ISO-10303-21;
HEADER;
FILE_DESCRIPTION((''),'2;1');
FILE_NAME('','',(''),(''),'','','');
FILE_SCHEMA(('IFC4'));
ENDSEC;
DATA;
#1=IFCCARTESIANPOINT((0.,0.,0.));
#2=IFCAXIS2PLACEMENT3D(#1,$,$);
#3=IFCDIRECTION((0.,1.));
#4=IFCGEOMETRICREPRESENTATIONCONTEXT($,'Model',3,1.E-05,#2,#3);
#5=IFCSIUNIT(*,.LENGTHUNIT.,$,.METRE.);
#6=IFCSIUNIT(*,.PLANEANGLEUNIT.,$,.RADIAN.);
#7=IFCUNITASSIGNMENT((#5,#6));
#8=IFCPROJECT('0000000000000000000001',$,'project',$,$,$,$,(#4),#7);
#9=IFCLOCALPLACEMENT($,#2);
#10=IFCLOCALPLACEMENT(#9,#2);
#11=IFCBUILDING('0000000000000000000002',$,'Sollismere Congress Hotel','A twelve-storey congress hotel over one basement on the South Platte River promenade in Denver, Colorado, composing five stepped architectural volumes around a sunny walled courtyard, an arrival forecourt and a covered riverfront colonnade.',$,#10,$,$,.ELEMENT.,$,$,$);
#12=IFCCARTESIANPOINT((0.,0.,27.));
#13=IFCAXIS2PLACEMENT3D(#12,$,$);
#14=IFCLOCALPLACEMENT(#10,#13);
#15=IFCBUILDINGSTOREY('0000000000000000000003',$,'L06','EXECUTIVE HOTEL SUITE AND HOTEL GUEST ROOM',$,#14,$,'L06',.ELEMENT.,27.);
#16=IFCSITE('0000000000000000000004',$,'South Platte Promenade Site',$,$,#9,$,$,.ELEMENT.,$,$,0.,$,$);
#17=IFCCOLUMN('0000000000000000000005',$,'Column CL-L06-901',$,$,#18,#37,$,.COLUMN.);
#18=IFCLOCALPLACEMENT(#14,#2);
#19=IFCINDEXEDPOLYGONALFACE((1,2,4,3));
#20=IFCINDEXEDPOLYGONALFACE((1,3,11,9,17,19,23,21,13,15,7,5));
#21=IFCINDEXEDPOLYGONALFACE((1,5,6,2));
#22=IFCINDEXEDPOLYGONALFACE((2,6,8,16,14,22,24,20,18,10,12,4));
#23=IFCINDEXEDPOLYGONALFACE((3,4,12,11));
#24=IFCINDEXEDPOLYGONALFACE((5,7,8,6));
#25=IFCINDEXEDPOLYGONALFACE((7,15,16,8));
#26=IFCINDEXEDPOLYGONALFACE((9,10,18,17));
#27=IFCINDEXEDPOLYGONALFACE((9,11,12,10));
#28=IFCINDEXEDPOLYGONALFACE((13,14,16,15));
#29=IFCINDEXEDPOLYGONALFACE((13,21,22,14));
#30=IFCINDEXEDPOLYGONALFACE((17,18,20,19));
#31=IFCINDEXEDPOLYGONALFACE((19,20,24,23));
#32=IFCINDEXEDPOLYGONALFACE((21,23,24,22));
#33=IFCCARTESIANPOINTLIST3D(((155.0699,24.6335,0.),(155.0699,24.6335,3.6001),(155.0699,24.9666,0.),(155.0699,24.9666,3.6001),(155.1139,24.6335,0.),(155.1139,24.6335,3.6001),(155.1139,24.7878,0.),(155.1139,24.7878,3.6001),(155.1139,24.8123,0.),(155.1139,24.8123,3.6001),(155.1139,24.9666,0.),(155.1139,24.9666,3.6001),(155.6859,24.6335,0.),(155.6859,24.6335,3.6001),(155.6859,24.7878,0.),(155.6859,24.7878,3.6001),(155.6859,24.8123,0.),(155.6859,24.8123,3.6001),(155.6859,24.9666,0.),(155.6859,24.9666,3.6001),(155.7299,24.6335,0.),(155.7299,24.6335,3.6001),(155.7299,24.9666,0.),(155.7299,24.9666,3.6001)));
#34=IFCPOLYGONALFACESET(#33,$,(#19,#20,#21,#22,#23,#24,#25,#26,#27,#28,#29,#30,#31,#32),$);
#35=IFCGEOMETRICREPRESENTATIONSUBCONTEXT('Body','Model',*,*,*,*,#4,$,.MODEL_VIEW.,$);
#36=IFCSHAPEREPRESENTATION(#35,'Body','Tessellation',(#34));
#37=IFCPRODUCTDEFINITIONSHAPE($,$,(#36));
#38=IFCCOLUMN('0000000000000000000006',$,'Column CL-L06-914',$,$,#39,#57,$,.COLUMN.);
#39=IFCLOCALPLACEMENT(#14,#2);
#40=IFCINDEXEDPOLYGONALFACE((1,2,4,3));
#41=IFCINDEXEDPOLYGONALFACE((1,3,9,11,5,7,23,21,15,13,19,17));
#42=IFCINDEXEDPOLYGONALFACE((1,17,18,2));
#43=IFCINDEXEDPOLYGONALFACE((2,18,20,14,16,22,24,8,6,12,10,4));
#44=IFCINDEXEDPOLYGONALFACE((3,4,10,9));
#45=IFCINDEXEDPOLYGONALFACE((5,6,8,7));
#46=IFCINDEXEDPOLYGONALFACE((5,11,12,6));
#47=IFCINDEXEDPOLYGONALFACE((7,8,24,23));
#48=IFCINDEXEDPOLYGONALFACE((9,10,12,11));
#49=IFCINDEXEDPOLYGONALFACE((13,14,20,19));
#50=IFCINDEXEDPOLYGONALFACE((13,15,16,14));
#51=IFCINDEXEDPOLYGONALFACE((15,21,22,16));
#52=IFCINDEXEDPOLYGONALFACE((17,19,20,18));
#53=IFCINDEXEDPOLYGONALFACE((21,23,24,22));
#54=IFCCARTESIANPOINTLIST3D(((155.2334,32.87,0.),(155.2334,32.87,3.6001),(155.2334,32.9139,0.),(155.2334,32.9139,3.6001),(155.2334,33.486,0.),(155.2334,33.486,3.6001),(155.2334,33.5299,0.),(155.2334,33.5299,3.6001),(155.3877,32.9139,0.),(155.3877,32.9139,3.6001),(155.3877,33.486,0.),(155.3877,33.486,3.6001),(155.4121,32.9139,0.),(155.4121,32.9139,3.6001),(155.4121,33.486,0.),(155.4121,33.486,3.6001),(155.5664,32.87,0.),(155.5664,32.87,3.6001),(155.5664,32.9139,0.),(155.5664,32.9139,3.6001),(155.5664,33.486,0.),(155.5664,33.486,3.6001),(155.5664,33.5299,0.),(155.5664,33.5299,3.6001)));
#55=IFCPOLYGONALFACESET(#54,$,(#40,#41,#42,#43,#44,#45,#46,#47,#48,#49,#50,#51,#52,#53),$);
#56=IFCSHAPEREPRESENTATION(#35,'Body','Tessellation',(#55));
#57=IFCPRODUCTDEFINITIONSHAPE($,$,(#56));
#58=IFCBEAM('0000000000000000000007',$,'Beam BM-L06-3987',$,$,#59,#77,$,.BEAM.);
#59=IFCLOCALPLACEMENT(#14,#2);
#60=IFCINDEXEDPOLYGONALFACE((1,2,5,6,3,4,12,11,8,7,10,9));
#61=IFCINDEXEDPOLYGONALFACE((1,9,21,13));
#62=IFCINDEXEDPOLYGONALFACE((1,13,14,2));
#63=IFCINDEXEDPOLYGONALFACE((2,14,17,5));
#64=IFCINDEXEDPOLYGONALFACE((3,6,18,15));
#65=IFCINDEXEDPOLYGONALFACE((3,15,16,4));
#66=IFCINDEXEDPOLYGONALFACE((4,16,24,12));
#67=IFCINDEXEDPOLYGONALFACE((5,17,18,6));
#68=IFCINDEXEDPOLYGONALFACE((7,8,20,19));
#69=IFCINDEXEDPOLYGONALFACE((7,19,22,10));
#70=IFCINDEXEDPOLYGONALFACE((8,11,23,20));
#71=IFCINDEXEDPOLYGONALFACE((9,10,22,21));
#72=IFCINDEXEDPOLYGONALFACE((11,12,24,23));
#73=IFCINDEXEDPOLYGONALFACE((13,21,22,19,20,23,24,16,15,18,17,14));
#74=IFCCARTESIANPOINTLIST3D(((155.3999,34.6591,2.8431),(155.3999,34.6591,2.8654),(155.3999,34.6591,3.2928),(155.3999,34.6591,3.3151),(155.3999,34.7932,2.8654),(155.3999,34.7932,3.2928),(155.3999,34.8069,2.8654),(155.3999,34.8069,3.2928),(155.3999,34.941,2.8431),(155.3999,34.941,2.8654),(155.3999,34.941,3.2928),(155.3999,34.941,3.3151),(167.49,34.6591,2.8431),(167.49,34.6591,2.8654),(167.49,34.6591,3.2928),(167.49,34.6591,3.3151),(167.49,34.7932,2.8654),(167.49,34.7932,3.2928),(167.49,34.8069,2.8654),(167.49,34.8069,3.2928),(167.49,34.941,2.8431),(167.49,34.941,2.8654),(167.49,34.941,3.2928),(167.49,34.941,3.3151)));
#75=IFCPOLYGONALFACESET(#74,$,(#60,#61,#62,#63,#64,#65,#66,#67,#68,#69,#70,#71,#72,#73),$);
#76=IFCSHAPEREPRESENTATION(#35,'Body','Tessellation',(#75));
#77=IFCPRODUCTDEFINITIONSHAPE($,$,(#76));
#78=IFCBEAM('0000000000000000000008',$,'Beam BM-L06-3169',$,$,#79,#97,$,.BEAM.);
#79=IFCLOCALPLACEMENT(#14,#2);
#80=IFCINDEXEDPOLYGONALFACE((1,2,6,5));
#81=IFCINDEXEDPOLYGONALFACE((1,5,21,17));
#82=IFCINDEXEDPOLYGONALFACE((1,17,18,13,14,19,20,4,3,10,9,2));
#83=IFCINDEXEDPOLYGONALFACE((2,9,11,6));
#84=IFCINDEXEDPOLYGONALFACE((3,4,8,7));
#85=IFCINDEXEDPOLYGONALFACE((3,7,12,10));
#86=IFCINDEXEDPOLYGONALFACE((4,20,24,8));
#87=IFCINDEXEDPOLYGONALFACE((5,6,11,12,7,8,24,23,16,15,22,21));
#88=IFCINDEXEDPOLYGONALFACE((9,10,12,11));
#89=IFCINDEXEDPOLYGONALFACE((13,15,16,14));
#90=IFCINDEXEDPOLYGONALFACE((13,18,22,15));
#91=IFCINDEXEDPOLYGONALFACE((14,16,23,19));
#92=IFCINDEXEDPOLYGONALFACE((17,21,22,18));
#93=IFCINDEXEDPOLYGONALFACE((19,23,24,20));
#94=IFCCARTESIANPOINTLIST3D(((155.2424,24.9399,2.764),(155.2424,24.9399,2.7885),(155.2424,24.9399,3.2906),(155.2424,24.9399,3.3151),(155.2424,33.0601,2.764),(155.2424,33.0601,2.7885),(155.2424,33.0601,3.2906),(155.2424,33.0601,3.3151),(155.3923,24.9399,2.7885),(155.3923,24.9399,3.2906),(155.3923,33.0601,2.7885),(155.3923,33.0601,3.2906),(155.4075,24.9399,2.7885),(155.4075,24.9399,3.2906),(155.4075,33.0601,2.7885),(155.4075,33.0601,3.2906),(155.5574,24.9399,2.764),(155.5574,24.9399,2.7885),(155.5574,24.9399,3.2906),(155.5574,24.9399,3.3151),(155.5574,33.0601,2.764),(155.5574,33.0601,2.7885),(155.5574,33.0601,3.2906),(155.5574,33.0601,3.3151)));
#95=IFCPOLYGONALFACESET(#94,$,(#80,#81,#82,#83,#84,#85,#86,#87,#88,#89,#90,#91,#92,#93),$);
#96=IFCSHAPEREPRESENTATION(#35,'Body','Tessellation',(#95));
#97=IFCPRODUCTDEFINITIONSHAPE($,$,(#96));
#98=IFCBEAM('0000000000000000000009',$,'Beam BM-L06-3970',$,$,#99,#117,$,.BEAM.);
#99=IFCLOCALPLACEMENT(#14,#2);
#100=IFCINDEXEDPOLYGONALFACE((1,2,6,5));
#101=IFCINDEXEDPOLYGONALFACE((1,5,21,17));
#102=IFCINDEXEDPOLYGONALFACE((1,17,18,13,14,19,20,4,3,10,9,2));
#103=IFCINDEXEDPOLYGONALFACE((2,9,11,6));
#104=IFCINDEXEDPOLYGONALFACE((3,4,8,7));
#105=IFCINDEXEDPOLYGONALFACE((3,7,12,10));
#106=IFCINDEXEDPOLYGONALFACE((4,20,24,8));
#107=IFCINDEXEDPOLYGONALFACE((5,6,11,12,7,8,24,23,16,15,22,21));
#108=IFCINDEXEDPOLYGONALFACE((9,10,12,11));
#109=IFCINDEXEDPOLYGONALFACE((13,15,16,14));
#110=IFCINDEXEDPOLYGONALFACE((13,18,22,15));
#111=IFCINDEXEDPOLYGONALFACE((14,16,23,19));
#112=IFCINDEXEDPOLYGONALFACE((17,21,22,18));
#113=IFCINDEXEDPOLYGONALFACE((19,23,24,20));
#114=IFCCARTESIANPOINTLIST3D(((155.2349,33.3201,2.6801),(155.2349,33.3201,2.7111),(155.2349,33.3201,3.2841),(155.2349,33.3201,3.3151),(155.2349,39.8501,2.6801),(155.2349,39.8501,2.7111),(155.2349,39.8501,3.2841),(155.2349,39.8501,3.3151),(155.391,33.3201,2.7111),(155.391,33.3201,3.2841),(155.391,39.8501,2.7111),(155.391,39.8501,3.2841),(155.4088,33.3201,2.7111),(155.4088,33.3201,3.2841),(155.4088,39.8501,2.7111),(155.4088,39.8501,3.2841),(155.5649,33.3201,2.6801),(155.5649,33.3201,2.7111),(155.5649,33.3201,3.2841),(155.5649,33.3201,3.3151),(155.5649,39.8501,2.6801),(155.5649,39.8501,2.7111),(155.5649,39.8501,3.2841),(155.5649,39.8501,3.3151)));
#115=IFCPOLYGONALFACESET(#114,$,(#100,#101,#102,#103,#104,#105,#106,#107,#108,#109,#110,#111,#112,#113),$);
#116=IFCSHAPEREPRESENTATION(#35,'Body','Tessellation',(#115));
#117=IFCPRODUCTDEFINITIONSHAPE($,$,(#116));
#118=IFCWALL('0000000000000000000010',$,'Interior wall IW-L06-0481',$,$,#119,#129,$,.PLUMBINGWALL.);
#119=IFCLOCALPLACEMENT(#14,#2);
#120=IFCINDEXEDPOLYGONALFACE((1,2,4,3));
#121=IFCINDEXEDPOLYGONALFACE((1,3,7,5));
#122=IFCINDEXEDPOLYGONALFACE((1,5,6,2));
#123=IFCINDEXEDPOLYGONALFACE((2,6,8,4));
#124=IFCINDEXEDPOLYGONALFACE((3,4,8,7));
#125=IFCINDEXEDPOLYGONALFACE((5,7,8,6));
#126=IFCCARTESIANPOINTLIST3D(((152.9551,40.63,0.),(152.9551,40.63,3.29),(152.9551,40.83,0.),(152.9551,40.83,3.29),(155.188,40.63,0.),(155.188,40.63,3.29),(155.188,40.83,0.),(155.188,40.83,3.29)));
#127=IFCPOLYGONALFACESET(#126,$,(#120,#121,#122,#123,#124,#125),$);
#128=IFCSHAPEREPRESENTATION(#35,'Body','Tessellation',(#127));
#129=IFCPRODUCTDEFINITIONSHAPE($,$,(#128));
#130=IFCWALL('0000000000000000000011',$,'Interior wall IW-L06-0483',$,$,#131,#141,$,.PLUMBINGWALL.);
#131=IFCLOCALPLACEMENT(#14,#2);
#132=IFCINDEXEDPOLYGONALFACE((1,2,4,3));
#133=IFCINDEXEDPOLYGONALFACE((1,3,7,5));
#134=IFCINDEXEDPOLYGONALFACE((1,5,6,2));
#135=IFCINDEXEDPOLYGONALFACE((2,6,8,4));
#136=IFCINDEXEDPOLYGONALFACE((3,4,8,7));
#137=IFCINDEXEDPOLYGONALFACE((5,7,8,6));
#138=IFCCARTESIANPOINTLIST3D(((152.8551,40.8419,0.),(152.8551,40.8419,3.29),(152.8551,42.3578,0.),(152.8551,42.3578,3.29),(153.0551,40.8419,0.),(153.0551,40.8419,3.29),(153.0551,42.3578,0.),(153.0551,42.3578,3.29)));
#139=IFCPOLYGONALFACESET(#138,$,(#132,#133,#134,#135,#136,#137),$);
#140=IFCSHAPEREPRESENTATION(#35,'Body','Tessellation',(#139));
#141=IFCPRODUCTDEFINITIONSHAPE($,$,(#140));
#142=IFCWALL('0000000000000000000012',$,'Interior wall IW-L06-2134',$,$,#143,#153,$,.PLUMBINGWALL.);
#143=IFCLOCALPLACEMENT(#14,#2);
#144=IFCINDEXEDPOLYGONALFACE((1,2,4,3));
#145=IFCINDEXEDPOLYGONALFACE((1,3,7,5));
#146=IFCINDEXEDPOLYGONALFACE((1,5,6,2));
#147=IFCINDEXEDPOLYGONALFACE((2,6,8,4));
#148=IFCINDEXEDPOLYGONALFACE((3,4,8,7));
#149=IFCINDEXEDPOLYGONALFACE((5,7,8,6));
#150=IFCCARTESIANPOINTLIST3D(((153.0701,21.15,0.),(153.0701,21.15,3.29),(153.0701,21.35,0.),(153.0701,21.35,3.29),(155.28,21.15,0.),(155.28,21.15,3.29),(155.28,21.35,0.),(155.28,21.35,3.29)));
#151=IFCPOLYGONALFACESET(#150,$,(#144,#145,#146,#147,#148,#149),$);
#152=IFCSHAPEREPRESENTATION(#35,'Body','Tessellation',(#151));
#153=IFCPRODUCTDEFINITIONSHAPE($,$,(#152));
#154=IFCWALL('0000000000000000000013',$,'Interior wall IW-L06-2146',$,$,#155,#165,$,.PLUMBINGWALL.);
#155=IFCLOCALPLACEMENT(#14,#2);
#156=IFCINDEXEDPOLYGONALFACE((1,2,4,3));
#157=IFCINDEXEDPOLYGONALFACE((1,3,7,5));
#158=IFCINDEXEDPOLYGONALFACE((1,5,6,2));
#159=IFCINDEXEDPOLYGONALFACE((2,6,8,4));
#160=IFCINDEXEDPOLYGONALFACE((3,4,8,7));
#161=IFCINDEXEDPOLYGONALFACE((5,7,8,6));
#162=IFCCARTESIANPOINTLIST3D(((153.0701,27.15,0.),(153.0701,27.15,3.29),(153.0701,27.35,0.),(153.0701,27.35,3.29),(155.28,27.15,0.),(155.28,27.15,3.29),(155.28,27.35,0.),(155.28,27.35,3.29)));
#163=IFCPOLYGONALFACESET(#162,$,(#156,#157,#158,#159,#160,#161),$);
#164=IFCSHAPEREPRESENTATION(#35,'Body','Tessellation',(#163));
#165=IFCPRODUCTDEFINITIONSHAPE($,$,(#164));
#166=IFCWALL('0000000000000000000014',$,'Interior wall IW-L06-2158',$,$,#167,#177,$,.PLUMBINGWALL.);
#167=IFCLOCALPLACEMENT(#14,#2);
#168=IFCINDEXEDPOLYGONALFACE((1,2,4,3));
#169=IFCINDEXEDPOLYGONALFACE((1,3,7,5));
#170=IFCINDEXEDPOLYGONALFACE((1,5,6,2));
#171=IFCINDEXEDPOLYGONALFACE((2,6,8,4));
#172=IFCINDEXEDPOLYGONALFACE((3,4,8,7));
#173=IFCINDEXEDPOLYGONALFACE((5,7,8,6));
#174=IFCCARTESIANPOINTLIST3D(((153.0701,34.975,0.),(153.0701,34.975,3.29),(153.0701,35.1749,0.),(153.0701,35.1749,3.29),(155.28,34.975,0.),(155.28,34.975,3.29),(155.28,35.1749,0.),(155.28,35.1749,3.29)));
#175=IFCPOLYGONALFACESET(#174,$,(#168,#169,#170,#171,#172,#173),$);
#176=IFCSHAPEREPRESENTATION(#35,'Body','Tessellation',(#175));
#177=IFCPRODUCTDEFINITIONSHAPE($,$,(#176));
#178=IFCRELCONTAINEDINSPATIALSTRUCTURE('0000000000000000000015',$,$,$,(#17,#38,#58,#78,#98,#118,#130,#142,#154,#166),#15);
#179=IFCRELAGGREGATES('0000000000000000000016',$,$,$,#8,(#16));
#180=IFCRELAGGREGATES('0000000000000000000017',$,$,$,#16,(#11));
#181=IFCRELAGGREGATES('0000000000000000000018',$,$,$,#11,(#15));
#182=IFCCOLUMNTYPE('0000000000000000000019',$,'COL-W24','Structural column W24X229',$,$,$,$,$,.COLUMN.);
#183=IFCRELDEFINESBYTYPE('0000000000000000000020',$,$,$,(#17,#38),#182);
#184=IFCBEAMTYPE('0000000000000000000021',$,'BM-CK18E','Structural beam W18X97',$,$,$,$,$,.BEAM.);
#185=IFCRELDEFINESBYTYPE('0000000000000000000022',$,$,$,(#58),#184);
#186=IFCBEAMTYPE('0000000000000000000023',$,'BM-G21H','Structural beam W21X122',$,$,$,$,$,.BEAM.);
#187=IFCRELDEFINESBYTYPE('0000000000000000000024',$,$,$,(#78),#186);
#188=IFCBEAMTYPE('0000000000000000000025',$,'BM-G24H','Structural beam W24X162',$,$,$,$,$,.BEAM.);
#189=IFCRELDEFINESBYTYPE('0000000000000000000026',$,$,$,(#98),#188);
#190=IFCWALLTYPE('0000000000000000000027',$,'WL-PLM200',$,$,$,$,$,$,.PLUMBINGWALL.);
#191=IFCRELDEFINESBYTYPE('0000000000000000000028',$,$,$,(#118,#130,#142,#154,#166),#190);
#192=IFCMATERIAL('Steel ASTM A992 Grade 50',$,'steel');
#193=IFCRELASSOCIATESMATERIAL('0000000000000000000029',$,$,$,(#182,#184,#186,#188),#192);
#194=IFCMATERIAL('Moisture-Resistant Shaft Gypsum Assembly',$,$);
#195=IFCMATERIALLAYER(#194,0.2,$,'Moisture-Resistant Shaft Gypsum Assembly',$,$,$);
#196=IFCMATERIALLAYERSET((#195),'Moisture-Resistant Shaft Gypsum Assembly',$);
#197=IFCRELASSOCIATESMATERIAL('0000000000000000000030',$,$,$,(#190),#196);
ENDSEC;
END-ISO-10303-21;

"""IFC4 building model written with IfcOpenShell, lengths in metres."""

from ifc_helpers import new_model, si_unit, direction, frame, frame_2d, origin, origin_2d, place, context, subcontext, project, spatial, rectangle, i_section, extrude, material, layer, layer_set, material_profile, profile_set, type_object, element, save


model = new_model("IFC4")

# Units and contexts
model_context = context("Model", 3, precision=1e-05, world=origin(), true_north=direction((0.0, 1.0)))
body_context = subcontext(model_context, "Body", "Model", "MODEL_VIEW")
ifc_project = project(units=[si_unit("LENGTHUNIT", "METRE"), si_unit("PLANEANGLEUNIT", "RADIAN")], contexts=[model_context])

# Site, building, storey
site_placement = place(None, origin())
site = spatial("IfcSite", under=ifc_project, at=site_placement, Name="South Platte Promenade Site", CompositionType="ELEMENT", RefElevation=0.0)
building_placement = place(site_placement, origin())
building = spatial("IfcBuilding", under=site, at=building_placement, Name="Sollismere Congress Hotel", Description="A twelve-storey congress hotel over one basement on the South Platte River promenade in Denver, Colorado, composing five stepped architectural volumes around a sunny walled courtyard, an arrival forecourt and a covered riverfront colonnade.", CompositionType="ELEMENT")
storey_placement = place(building_placement, frame((0.0, 0.0, 27.0)))
storey = spatial("IfcBuildingStorey", under=building, at=storey_placement, Name="L06", Description="EXECUTIVE HOTEL SUITE AND HOTEL GUEST ROOM", LongName="L06", CompositionType="ELEMENT", Elevation=27.0)

# Columns
ifc_material_1 = material(Name="Steel ASTM A992 Grade 50", Category="steel")
ifc_material_profile_1 = material_profile(ifc_material_1, i_section(OverallWidth=0.333, OverallDepth=0.6599, WebThickness=0.0244, FlangeThickness=0.0439, at=origin_2d()), Name="W24X229")
ifc_profile_set_1 = profile_set([ifc_material_profile_1], Name="Steel ASTM A992 Grade 50")
column_type = type_object("IfcColumnType", Name="COL-W24", Description="Structural column W24X229", PredefinedType="COLUMN", material=ifc_profile_set_1)
for number, where, z_axis, x_axis, name in (
    (1, (155.3999, 24.8, 0.0), (0.0, 0.0, 1.0), (0.0, 1.0, 0.0), "Column CL-L06-901"),
    (2, (155.3999, 33.2, 0.0), (0.0, 0.0, 1.0), (1.0, 0.0, 0.0), "Column CL-L06-914"),
):
    element("IfcColumn", number, at=place(storey_placement, frame(where, z_axis=z_axis, x_axis=x_axis)), inside=storey, type_object=column_type, Name=name, PredefinedType="COLUMN", context=body_context, shape_type="SweptSolid", body=[
        extrude(i_section(OverallWidth=0.333, OverallDepth=0.6599, WebThickness=0.0244, FlangeThickness=0.0439, at=origin_2d()), origin(), (0.0, 0.0, 1.0), 3.6001),
    ])

# Beams
ifc_material_profile_2 = material_profile(ifc_material_1, i_section(OverallWidth=0.282, OverallDepth=0.4719, WebThickness=0.0137, FlangeThickness=0.0222, at=origin_2d()), Name="W18X97")
ifc_profile_set_2 = profile_set([ifc_material_profile_2], Name="Steel ASTM A992 Grade 50")
beam_type_1 = type_object("IfcBeamType", Name="BM-CK18E", Description="Structural beam W18X97", PredefinedType="BEAM", material=ifc_profile_set_2)
beam_1_placement = place(storey_placement, frame((155.3999, 34.8, 3.0791), z_axis=(1.0, 0.0, 0.0), x_axis=(0.0, 1.0, 0.0)))
element("IfcBeam", 3, at=beam_1_placement, inside=storey, type_object=beam_type_1, Name="Beam BM-L06-3987", PredefinedType="BEAM", context=body_context, shape_type="SweptSolid", body=[
    extrude(i_section(OverallWidth=0.282, OverallDepth=0.4719, WebThickness=0.0137, FlangeThickness=0.0222, at=origin_2d()), origin(), (0.0, 0.0, 1.0), 12.0901),
])
ifc_material_profile_3 = material_profile(ifc_material_1, i_section(OverallWidth=0.3149, OverallDepth=0.551, WebThickness=0.0151, FlangeThickness=0.0244, at=origin_2d()), Name="W21X122")
ifc_profile_set_3 = profile_set([ifc_material_profile_3], Name="Steel ASTM A992 Grade 50")
beam_type_2 = type_object("IfcBeamType", Name="BM-G21H", Description="Structural beam W21X122", PredefinedType="BEAM", material=ifc_profile_set_3)
beam_2_placement = place(storey_placement, frame((155.3999, 24.9399, 3.0396), z_axis=(0.0, 1.0, 0.0), x_axis=(-1.0, 0.0, 0.0)))
element("IfcBeam", 4, at=beam_2_placement, inside=storey, type_object=beam_type_2, Name="Beam BM-L06-3169", PredefinedType="BEAM", context=body_context, shape_type="SweptSolid", body=[
    extrude(i_section(OverallWidth=0.3149, OverallDepth=0.551, WebThickness=0.0151, FlangeThickness=0.0244, at=origin_2d()), origin(), (0.0, 0.0, 1.0), 8.1201),
])
ifc_material_profile_4 = material_profile(ifc_material_1, i_section(OverallWidth=0.3301, OverallDepth=0.635, WebThickness=0.0178, FlangeThickness=0.031, at=origin_2d()), Name="W24X162")
ifc_profile_set_4 = profile_set([ifc_material_profile_4], Name="Steel ASTM A992 Grade 50")
beam_type_3 = type_object("IfcBeamType", Name="BM-G24H", Description="Structural beam W24X162", PredefinedType="BEAM", material=ifc_profile_set_4)
beam_3_placement = place(storey_placement, frame((155.3999, 33.3201, 2.9976), z_axis=(0.0, 1.0, 0.0), x_axis=(-1.0, 0.0, 0.0)))
element("IfcBeam", 5, at=beam_3_placement, inside=storey, type_object=beam_type_3, Name="Beam BM-L06-3970", PredefinedType="BEAM", context=body_context, shape_type="SweptSolid", body=[
    extrude(i_section(OverallWidth=0.3301, OverallDepth=0.635, WebThickness=0.0178, FlangeThickness=0.031, at=origin_2d()), origin(), (0.0, 0.0, 1.0), 6.53),
])

# Walls
ifc_material_2 = material(Name="Moisture-Resistant Shaft Gypsum Assembly")
ifc_layer_1 = layer(ifc_material_2, 0.2, Name="Moisture-Resistant Shaft Gypsum Assembly")
ifc_layer_set_1 = layer_set([ifc_layer_1], Name="Moisture-Resistant Shaft Gypsum Assembly")
wall_type_1 = type_object("IfcWallType", Name="WL-PLM200", PredefinedType="PLUMBINGWALL", material=ifc_layer_set_1)
wall_1_placement = place(storey_placement, frame((152.9551, 40.73, 0.0), z_axis=(0.0, 0.0, 1.0), x_axis=(1.0, 0.0, 0.0)))
element("IfcWall", 6, at=wall_1_placement, inside=storey, type_object=wall_type_1, Name="Interior wall IW-L06-0481", PredefinedType="PLUMBINGWALL", context=body_context, shape_type="SweptSolid", body=[
    extrude(rectangle(XDim=2.2329, YDim=0.2, at=frame_2d((1.1165, 0.0))), origin(), (0.0, 0.0, 1.0), 3.29),
])
wall_2_placement = place(storey_placement, frame((152.9551, 40.842, 0.0), z_axis=(0.0, 0.0, 1.0), x_axis=(0.0, 1.0, 0.0)))
element("IfcWall", 7, at=wall_2_placement, inside=storey, type_object=wall_type_1, Name="Interior wall IW-L06-0483", PredefinedType="PLUMBINGWALL", context=body_context, shape_type="SweptSolid", body=[
    extrude(rectangle(XDim=1.5159, YDim=0.2, at=frame_2d((0.7578, 0.0))), origin(), (0.0, 0.0, 1.0), 3.29),
])
for number, where, z_axis, x_axis, name in (
    (8, (153.0701, 21.25, 0.0), (0.0, 0.0, 1.0), (1.0, 0.0, 0.0), "Interior wall IW-L06-2134"),
    (9, (153.0701, 27.25, 0.0), (0.0, 0.0, 1.0), (1.0, 0.0, 0.0), "Interior wall IW-L06-2146"),
    (10, (153.0701, 35.075, 0.0), (0.0, 0.0, 1.0), (1.0, 0.0, 0.0), "Interior wall IW-L06-2158"),
):
    element("IfcWall", number, at=place(storey_placement, frame(where, z_axis=z_axis, x_axis=x_axis)), inside=storey, type_object=wall_type_1, Name=name, PredefinedType="PLUMBINGWALL", context=body_context, shape_type="SweptSolid", body=[
        extrude(rectangle(XDim=2.21, YDim=0.2, at=frame_2d((1.105, 0.0))), origin(), (0.0, 0.0, 1.0), 3.29),
    ])

save(model, "model.ifc")
